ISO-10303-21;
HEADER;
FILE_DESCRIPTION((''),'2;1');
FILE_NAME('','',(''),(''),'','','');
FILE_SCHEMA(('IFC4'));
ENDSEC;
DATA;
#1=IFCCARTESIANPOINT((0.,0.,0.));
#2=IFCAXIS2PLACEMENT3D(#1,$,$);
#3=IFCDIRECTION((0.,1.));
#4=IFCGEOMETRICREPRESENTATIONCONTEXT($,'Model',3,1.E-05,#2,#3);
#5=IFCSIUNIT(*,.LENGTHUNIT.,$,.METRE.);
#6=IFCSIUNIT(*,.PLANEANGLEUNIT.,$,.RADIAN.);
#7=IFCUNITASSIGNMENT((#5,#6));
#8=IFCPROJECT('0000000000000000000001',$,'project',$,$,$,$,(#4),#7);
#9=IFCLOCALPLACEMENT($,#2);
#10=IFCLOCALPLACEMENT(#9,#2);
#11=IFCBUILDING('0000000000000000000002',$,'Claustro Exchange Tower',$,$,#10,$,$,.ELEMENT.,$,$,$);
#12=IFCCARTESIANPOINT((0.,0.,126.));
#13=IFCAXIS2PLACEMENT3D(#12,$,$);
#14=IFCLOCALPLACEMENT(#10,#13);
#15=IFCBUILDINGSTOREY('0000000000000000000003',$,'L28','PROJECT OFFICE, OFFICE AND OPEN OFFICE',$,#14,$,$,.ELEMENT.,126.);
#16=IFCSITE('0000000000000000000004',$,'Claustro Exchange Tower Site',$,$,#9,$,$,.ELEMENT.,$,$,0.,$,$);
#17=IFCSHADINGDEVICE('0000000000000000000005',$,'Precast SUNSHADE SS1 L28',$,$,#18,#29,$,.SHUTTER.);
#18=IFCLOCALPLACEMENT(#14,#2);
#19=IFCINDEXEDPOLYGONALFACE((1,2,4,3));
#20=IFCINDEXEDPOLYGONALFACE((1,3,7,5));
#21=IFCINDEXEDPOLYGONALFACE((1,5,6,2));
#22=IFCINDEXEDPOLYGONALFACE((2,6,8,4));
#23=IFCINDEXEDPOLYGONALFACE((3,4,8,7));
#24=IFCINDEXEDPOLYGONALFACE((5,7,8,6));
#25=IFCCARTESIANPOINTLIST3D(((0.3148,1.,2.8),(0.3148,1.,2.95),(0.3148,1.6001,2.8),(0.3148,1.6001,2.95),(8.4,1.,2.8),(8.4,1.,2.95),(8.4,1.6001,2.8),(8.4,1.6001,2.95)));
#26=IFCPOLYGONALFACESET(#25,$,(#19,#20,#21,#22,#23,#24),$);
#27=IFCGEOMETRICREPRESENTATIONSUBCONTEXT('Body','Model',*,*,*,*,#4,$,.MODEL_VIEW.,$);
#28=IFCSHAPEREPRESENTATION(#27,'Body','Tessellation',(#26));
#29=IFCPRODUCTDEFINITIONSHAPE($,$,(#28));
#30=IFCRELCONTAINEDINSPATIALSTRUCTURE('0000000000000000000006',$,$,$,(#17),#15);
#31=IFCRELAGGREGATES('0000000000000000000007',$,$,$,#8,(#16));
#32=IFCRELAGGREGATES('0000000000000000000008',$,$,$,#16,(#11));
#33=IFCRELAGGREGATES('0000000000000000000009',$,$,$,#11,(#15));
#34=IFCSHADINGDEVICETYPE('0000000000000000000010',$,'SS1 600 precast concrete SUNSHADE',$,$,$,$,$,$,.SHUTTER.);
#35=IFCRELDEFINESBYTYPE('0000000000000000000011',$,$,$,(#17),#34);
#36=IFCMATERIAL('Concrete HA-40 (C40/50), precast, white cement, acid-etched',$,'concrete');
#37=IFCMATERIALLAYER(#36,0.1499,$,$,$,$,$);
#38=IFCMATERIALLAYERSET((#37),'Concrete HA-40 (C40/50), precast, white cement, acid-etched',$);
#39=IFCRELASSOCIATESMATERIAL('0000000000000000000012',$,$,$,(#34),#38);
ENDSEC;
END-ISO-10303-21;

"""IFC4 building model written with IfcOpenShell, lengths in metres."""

from ifc_helpers import new_model, si_unit, direction, frame, origin, origin_2d, place, context, subcontext, project, spatial, rectangle, extrude, material, layer, layer_set, type_object, element, save


model = new_model("IFC4")

# Units and contexts
model_context = context("Model", 3, precision=1e-05, world=origin(), true_north=direction((0.0, 1.0)))
body_context = subcontext(model_context, "Body", "Model", "MODEL_VIEW")
ifc_project = project(units=[si_unit("LENGTHUNIT", "METRE"), si_unit("PLANEANGLEUNIT", "RADIAN")], contexts=[model_context])

# Site, building, storey
site_placement = place(None, origin())
site = spatial("IfcSite", under=ifc_project, at=site_placement, Name="Claustro Exchange Tower Site", CompositionType="ELEMENT", RefElevation=0.0)
building_placement = place(site_placement, origin())
building = spatial("IfcBuilding", under=site, at=building_placement, Name="Claustro Exchange Tower", CompositionType="ELEMENT")
storey_placement = place(building_placement, frame((0.0, 0.0, 126.0)))
storey = spatial("IfcBuildingStorey", under=building, at=storey_placement, Name="L28", Description="PROJECT OFFICE, OFFICE AND OPEN OFFICE", CompositionType="ELEMENT", Elevation=126.0)

# Shading device
ifc_material_1 = material(Name="Concrete HA-40 (C40/50), precast, white cement, acid-etched", Category="concrete")
ifc_layer_1 = layer(ifc_material_1, 0.1499)
ifc_layer_set_1 = layer_set([ifc_layer_1], Name="Concrete HA-40 (C40/50), precast, white cement, acid-etched")
shading_device_type = type_object("IfcShadingDeviceType", Name="SS1 600 precast concrete SUNSHADE", PredefinedType="SHUTTER", material=ifc_layer_set_1)
shading_device_placement = place(storey_placement, frame((4.3574, 1.3, 2.8), z_axis=(0.0, 0.0, 1.0), x_axis=(-1.0, 0.0, 0.0)))
element("IfcShadingDevice", 1, at=shading_device_placement, inside=storey, type_object=shading_device_type, Name="Precast SUNSHADE SS1 L28", PredefinedType="SHUTTER", context=body_context, shape_type="SweptSolid", body=[
    extrude(rectangle(XDim=8.0852, YDim=0.6001, at=origin_2d()), origin(), (0.0, 0.0, 1.0), 0.1499),
])

save(model, "model.ifc")
